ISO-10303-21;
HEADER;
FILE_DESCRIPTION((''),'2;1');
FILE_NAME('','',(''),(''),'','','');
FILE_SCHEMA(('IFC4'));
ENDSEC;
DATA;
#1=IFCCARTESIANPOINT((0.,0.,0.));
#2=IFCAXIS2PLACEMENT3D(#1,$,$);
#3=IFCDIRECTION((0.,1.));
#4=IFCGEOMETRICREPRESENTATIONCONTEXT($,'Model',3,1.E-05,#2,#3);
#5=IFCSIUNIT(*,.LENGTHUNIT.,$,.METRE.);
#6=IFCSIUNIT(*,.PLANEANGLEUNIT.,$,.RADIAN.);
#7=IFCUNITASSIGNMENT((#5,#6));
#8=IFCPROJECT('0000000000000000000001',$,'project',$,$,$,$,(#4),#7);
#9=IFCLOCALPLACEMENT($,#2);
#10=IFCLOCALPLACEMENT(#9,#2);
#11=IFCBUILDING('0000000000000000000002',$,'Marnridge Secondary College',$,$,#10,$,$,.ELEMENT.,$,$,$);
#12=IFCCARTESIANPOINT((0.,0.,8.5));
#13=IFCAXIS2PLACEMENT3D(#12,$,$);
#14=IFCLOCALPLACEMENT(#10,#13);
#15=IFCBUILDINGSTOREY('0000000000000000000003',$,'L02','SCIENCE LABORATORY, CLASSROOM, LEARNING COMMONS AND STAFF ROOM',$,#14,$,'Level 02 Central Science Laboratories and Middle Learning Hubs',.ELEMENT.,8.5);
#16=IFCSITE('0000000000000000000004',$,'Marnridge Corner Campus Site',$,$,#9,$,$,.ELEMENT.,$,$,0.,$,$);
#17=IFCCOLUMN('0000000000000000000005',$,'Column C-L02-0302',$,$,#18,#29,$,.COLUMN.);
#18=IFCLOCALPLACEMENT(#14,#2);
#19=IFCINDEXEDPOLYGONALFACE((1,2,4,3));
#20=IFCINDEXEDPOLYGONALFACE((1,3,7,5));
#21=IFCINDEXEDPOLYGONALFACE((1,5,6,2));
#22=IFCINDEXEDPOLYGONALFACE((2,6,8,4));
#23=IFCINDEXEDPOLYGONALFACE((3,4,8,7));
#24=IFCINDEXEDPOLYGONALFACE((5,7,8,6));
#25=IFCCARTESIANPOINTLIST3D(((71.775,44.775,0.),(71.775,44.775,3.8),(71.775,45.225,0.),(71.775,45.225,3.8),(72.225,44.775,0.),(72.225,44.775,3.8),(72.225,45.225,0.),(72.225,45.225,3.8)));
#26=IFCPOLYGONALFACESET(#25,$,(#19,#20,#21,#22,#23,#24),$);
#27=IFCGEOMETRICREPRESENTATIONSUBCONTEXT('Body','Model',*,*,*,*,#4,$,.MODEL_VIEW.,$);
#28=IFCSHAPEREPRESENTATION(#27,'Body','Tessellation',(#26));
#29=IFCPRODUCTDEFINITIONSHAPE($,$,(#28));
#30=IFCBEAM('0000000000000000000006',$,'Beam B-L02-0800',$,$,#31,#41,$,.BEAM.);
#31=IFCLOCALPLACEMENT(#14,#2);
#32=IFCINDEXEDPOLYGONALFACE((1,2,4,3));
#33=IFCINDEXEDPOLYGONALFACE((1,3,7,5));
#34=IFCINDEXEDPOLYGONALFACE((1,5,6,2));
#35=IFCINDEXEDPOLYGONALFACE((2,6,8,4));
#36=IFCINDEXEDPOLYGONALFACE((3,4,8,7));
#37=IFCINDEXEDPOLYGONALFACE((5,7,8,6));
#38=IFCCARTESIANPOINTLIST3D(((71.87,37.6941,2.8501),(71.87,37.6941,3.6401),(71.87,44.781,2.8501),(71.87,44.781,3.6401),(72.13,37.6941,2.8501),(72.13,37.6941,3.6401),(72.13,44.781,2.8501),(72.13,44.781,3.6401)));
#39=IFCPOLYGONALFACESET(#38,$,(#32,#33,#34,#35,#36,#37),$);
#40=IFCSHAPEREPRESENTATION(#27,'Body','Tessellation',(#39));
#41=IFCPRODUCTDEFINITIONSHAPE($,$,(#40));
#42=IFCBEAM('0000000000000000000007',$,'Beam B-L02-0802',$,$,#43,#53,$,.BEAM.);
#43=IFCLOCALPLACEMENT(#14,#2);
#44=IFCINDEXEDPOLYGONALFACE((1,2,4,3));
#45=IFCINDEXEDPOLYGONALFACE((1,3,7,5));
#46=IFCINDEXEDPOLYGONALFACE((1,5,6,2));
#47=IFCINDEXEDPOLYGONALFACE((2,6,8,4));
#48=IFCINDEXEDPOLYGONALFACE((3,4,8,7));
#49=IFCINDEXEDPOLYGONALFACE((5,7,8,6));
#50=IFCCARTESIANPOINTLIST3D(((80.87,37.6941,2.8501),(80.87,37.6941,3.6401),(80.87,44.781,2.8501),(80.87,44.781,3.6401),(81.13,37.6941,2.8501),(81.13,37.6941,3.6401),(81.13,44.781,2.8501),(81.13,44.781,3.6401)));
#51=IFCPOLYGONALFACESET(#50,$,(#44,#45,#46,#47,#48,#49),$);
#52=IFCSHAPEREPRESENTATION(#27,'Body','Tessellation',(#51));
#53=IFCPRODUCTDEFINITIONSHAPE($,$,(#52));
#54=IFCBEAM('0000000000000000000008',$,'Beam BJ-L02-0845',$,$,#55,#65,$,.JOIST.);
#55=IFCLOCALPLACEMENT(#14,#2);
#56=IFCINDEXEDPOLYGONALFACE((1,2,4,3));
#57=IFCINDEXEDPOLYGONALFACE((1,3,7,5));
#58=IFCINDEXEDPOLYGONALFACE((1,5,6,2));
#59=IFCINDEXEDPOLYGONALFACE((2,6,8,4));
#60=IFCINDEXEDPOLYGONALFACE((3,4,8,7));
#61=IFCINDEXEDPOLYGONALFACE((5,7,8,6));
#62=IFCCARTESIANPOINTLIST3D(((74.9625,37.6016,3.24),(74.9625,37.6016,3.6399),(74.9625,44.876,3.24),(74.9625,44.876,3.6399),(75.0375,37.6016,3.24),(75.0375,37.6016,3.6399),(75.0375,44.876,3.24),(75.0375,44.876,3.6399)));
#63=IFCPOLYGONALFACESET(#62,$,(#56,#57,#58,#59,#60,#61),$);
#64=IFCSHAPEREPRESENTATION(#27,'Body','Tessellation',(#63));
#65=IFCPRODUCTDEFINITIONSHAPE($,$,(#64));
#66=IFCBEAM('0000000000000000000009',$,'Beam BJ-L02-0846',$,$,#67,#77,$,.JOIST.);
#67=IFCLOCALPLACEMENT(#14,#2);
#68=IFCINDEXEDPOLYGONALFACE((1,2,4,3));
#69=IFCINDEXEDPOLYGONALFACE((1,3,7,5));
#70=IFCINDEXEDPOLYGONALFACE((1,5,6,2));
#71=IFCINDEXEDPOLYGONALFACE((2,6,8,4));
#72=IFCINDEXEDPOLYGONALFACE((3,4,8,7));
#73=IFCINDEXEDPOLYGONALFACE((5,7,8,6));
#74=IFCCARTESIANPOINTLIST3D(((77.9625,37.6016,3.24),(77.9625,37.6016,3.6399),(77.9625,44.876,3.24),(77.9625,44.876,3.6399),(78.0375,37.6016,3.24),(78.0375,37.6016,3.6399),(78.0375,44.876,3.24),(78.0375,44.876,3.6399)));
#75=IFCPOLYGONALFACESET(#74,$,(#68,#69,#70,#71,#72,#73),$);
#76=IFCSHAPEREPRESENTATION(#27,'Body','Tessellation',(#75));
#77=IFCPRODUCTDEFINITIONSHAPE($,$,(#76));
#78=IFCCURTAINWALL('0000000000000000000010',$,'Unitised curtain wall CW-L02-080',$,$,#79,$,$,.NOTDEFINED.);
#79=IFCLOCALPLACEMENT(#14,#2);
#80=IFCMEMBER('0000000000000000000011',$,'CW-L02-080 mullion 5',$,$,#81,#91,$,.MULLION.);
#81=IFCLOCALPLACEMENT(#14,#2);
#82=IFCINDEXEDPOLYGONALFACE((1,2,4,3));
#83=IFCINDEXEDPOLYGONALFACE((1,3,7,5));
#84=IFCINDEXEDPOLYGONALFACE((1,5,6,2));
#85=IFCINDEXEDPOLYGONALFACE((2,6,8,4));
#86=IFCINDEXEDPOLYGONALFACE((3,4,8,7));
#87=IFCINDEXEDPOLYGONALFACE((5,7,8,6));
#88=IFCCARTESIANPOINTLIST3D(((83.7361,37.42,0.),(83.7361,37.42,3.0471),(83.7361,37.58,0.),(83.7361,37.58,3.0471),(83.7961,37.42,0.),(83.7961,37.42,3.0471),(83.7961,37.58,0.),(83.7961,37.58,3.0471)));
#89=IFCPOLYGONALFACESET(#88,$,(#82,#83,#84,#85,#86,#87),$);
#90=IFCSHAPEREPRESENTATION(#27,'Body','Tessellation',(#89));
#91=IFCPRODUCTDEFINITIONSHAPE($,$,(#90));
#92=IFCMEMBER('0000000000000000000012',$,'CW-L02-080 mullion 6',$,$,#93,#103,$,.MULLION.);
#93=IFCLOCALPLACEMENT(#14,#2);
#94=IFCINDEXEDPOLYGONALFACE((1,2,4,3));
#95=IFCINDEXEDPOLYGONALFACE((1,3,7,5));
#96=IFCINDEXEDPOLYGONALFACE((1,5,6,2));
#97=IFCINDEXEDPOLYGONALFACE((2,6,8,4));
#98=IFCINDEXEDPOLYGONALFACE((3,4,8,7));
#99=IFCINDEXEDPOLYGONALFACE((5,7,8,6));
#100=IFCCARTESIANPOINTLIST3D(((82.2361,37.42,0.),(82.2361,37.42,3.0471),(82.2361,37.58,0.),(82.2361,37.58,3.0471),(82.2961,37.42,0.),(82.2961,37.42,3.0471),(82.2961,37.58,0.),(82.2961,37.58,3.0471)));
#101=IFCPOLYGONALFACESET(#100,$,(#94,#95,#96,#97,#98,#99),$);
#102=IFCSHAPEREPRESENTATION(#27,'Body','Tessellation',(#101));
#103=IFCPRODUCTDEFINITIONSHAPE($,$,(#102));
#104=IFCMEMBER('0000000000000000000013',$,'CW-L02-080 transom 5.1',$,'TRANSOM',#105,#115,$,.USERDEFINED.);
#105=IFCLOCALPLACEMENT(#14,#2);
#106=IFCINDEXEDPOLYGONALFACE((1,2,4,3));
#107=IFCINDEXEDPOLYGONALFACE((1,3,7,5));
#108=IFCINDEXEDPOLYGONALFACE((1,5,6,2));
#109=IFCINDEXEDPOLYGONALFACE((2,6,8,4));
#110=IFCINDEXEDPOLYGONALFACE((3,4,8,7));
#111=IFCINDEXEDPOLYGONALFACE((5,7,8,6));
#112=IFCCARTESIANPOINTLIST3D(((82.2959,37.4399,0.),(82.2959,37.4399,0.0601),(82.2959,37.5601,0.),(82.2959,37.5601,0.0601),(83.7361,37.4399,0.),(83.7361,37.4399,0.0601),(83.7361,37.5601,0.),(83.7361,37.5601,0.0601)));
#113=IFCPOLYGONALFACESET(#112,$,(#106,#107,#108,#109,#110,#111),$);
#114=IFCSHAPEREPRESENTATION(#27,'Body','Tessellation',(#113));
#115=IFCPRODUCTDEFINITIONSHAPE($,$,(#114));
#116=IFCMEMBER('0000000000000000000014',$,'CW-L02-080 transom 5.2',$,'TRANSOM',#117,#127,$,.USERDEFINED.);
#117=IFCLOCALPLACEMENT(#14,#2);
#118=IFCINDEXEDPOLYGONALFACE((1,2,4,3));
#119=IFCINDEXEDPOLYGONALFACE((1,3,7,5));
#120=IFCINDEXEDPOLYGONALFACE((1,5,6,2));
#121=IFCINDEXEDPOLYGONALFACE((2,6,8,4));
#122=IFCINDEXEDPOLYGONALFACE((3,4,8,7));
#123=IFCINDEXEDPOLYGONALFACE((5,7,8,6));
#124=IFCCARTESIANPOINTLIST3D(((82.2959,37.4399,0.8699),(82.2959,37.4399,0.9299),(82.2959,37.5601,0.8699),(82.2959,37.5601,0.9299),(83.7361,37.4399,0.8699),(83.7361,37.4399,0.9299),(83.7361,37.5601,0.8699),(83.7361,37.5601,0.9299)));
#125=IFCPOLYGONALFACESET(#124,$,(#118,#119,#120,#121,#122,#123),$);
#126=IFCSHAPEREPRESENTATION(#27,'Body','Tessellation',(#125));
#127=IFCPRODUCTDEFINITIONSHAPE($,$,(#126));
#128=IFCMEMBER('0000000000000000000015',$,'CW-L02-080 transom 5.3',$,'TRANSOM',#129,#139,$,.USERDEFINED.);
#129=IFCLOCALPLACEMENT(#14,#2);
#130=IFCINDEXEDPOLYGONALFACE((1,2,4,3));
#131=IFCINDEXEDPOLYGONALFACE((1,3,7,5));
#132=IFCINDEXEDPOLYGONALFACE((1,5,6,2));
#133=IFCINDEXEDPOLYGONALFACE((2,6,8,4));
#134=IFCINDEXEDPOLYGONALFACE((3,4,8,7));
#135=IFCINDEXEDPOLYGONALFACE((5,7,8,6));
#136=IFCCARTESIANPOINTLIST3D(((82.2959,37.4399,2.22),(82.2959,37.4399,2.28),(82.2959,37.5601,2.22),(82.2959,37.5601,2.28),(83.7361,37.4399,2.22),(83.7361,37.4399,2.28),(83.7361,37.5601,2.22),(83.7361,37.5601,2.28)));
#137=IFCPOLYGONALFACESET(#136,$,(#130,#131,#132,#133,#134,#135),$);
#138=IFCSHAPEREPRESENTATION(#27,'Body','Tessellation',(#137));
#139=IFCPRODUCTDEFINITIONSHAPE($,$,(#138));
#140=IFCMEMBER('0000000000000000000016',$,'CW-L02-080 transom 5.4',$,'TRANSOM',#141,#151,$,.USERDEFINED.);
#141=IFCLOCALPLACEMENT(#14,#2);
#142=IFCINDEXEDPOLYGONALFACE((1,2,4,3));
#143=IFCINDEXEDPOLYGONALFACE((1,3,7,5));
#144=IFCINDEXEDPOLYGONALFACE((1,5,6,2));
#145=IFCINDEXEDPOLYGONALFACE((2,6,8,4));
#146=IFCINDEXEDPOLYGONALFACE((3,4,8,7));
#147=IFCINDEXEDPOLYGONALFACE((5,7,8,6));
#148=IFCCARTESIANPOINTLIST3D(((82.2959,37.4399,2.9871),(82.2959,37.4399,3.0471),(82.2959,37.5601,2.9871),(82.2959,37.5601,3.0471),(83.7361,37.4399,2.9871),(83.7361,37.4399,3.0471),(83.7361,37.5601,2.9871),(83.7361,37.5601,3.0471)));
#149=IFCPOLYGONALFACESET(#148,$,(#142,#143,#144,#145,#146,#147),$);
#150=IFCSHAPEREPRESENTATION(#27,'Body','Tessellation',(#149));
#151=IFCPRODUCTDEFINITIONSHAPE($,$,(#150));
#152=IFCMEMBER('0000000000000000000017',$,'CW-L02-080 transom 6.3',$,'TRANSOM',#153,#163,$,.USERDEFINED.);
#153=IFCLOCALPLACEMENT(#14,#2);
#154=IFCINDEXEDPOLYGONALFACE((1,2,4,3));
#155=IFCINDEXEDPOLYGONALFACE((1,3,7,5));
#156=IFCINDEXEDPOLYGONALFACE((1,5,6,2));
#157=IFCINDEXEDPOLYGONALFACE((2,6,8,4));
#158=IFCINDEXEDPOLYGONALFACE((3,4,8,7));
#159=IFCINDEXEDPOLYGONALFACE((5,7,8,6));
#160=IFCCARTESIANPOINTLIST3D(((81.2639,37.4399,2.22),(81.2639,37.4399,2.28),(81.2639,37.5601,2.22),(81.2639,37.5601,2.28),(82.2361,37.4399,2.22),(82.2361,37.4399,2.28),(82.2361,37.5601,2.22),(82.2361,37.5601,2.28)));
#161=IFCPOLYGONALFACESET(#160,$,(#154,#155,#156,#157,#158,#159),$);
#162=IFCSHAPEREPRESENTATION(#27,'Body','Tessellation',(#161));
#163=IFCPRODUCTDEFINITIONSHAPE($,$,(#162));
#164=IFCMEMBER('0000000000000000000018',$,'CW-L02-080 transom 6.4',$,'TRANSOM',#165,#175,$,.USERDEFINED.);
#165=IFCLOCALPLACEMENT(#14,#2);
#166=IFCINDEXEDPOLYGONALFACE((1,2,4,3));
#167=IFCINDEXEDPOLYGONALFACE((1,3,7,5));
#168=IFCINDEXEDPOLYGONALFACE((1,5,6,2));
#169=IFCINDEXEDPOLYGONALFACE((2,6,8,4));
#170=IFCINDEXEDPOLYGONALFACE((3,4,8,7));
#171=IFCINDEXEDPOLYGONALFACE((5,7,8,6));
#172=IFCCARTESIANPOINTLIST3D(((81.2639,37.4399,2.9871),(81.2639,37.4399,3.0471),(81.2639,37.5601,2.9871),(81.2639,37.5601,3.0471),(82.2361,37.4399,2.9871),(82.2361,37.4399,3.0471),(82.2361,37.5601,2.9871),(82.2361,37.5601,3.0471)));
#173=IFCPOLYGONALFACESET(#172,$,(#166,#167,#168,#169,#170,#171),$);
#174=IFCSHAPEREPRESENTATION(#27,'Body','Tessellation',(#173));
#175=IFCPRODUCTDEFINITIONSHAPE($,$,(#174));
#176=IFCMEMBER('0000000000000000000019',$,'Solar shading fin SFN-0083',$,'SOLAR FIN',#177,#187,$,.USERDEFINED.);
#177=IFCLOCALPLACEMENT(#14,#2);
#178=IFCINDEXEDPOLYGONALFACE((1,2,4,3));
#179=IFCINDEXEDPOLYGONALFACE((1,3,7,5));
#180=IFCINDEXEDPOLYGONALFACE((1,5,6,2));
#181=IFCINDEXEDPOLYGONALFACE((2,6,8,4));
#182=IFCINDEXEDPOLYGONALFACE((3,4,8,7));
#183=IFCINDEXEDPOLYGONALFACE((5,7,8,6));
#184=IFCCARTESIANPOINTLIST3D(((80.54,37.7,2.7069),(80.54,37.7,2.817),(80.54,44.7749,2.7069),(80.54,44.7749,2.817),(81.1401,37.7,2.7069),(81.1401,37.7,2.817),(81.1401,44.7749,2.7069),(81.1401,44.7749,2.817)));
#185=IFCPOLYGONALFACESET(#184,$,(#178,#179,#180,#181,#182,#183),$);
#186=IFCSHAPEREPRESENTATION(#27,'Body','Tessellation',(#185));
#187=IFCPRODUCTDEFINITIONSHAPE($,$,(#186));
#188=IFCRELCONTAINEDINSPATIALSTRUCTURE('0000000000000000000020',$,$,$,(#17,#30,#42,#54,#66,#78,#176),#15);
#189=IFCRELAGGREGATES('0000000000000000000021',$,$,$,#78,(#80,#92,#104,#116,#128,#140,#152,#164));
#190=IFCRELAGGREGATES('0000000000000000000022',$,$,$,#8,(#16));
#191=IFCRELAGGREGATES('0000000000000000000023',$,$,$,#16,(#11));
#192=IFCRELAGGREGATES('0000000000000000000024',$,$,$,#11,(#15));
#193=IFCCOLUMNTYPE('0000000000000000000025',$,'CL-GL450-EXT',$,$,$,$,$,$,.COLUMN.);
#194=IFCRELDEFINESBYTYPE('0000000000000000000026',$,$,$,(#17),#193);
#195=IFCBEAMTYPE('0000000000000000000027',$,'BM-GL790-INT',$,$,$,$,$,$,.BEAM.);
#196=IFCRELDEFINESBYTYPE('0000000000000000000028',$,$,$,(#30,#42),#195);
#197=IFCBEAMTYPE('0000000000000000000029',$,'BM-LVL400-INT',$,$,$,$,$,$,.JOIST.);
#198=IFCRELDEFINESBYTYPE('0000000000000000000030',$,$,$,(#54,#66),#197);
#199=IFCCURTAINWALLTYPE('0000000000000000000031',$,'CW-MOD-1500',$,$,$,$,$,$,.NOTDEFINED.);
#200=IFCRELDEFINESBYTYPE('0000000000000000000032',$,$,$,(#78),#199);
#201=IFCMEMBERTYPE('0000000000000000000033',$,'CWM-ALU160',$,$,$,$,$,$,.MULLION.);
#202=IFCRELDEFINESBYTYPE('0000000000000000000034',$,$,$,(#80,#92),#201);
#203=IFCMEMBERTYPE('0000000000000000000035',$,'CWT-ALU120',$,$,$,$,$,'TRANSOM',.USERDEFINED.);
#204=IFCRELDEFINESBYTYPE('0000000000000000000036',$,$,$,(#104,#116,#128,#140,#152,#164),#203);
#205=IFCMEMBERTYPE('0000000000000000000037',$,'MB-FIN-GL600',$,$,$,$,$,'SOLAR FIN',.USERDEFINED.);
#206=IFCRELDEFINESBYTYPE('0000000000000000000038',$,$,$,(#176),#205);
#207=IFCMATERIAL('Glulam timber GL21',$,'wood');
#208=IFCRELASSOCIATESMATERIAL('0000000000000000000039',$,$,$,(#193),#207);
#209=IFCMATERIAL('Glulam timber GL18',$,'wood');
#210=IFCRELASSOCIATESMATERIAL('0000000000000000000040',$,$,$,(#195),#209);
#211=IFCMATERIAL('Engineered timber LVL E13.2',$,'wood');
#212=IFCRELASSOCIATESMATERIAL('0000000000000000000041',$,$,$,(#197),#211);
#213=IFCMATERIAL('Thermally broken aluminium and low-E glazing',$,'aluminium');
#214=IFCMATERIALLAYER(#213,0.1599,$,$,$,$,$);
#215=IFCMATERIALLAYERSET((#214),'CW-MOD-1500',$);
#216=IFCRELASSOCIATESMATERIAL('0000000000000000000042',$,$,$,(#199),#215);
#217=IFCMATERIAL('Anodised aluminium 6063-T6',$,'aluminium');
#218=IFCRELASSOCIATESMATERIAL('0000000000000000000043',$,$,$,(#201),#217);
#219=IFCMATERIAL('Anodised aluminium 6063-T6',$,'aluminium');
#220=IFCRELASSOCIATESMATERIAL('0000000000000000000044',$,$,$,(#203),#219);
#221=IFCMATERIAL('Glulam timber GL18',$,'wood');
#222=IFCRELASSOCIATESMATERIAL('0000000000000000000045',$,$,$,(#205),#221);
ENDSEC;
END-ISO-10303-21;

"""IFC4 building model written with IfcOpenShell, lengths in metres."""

from ifc_helpers import new_model, si_unit, direction, frame, origin, origin_2d, place, context, subcontext, project, spatial, rectangle, extrude, material, layer, layer_set, material_profile, profile_set, type_object, element, aggregate, save


model = new_model("IFC4")

# Units and contexts
model_context = context("Model", 3, precision=1e-05, world=origin(), true_north=direction((0.0, 1.0)))
body_context = subcontext(model_context, "Body", "Model", "MODEL_VIEW")
ifc_project = project(units=[si_unit("LENGTHUNIT", "METRE"), si_unit("PLANEANGLEUNIT", "RADIAN")], contexts=[model_context])

# Site, building, storey
site_placement = place(None, origin())
site = spatial("IfcSite", under=ifc_project, at=site_placement, Name="Marnridge Corner Campus Site", CompositionType="ELEMENT", RefElevation=0.0)
building_placement = place(site_placement, origin())
building = spatial("IfcBuilding", under=site, at=building_placement, Name="Marnridge Secondary College", CompositionType="ELEMENT")
storey_placement = place(building_placement, frame((0.0, 0.0, 8.5)))
storey = spatial("IfcBuildingStorey", under=building, at=storey_placement, Name="L02", Description="SCIENCE LABORATORY, CLASSROOM, LEARNING COMMONS AND STAFF ROOM", LongName="Level 02 Central Science Laboratories and Middle Learning Hubs", CompositionType="ELEMENT", Elevation=8.5)

# Column
ifc_material_1 = material(Name="Glulam timber GL21", Category="wood")
ifc_material_profile_1 = material_profile(ifc_material_1, rectangle(XDim=0.45, YDim=0.45, at=origin_2d()), Name="GL21 450x450")
ifc_profile_set_1 = profile_set([ifc_material_profile_1], Name="Glulam timber GL21")
column_type = type_object("IfcColumnType", Name="CL-GL450-EXT", PredefinedType="COLUMN", material=ifc_profile_set_1)
column_placement = place(storey_placement, frame((72.0, 45.0, 0.0), z_axis=(0.0, 0.0, 1.0), x_axis=(1.0, 0.0, 0.0)))
element("IfcColumn", 1, at=column_placement, inside=storey, type_object=column_type, Name="Column C-L02-0302", PredefinedType="COLUMN", context=body_context, shape_type="SweptSolid", body=[
    extrude(rectangle(XDim=0.45, YDim=0.45, at=origin_2d()), origin(), (0.0, 0.0, 1.0), 3.8),
])

# Beams
ifc_material_2 = material(Name="Glulam timber GL18", Category="wood")
ifc_material_profile_2 = material_profile(ifc_material_2, rectangle(XDim=0.26, YDim=0.79, at=origin_2d()), Name="GL18 260x790")
ifc_profile_set_2 = profile_set([ifc_material_profile_2], Name="Glulam timber GL18")
beam_type_1 = type_object("IfcBeamType", Name="BM-GL790-INT", PredefinedType="BEAM", material=ifc_profile_set_2)
for number, where, z_axis, x_axis, name in (
    (2, (72.0, 37.6941, 3.2451), (0.0, 1.0, 0.0), (-1.0, 0.0, 0.0), "Beam B-L02-0800"),
    (3, (81.0, 37.6941, 3.2451), (0.0, 1.0, 0.0), (-1.0, 0.0, 0.0), "Beam B-L02-0802"),
):
    element("IfcBeam", number, at=place(storey_placement, frame(where, z_axis=z_axis, x_axis=x_axis)), inside=storey, type_object=beam_type_1, Name=name, PredefinedType="BEAM", context=body_context, shape_type="SweptSolid", body=[
        extrude(rectangle(XDim=0.26, YDim=0.79, at=origin_2d()), origin(), (0.0, 0.0, 1.0), 7.0869),
    ])
ifc_material_3 = material(Name="Engineered timber LVL E13.2", Category="wood")
ifc_material_profile_3 = material_profile(ifc_material_3, rectangle(XDim=0.075, YDim=0.3999, at=origin_2d()), Name="LVL 75x400")
ifc_profile_set_3 = profile_set([ifc_material_profile_3], Name="Engineered timber LVL E13.2")
beam_type_2 = type_object("IfcBeamType", Name="BM-LVL400-INT", PredefinedType="JOIST", material=ifc_profile_set_3)
for number, where, z_axis, x_axis, name in (
    (4, (75.0, 37.6016, 3.4399), (0.0, 1.0, 0.0), (-1.0, 0.0, 0.0), "Beam BJ-L02-0845"),
    (5, (78.0, 37.6016, 3.4399), (0.0, 1.0, 0.0), (-1.0, 0.0, 0.0), "Beam BJ-L02-0846"),
):
    element("IfcBeam", number, at=place(storey_placement, frame(where, z_axis=z_axis, x_axis=x_axis)), inside=storey, type_object=beam_type_2, Name=name, PredefinedType="JOIST", context=body_context, shape_type="SweptSolid", body=[
        extrude(rectangle(XDim=0.075, YDim=0.3999, at=origin_2d()), origin(), (0.0, 0.0, 1.0), 7.2744),
    ])

# Curtain wall, members
ifc_material_4 = material(Name="Thermally broken aluminium and low-E glazing", Category="aluminium")
ifc_layer_1 = layer(ifc_material_4, 0.1599)
ifc_layer_set_1 = layer_set([ifc_layer_1], Name="CW-MOD-1500")
curtain_wall_type = type_object("IfcCurtainWallType", Name="CW-MOD-1500", PredefinedType="NOTDEFINED", material=ifc_layer_set_1)
curtain_wall_placement = place(storey_placement, origin())
curtain_wall = element("IfcCurtainWall", 6, at=curtain_wall_placement, inside=storey, type_object=curtain_wall_type, Name="Unitised curtain wall CW-L02-080", PredefinedType="NOTDEFINED")
ifc_material_5 = material(Name="Anodised aluminium 6063-T6", Category="aluminium")
ifc_material_profile_4 = material_profile(ifc_material_5, rectangle(XDim=0.0601, YDim=0.1599, at=origin_2d()), Name="ALU 60x160")
ifc_profile_set_4 = profile_set([ifc_material_profile_4], Name="Anodised aluminium 6063-T6")
member_type_1 = type_object("IfcMemberType", Name="CWM-ALU160", PredefinedType="MULLION", material=ifc_profile_set_4)
member_1_placement = place(storey_placement, frame((83.7661, 37.5, 0.0), z_axis=(0.0, 0.0, 1.0), x_axis=(-1.0, 0.0, 0.0)))
member_1 = element("IfcMember", 7, at=member_1_placement, type_object=member_type_1, Name="CW-L02-080 mullion 5", PredefinedType="MULLION", context=body_context, shape_type="SweptSolid", body=[
    extrude(rectangle(XDim=0.0601, YDim=0.1599, at=origin_2d()), origin(), (0.0, 0.0, 1.0), 3.0471),
])
member_2_placement = place(storey_placement, frame((82.2661, 37.5, 0.0), z_axis=(0.0, 0.0, 1.0), x_axis=(-1.0, 0.0, 0.0)))
member_2 = element("IfcMember", 8, at=member_2_placement, type_object=member_type_1, Name="CW-L02-080 mullion 6", PredefinedType="MULLION", context=body_context, shape_type="SweptSolid", body=[
    extrude(rectangle(XDim=0.0601, YDim=0.1599, at=origin_2d()), origin(), (0.0, 0.0, 1.0), 3.0471),
])
ifc_material_6 = material(Name="Anodised aluminium 6063-T6", Category="aluminium")
ifc_material_profile_5 = material_profile(ifc_material_6, rectangle(XDim=0.0601, YDim=0.1201, at=origin_2d()), Name="ALU 60x120")
ifc_profile_set_5 = profile_set([ifc_material_profile_5], Name="Anodised aluminium 6063-T6")
member_type_2 = type_object("IfcMemberType", Name="CWT-ALU120", ElementType="TRANSOM", PredefinedType="USERDEFINED", material=ifc_profile_set_5)
member_3_placement = place(storey_placement, frame((83.7361, 37.5, 0.03), z_axis=(-1.0, 0.0, 0.0), x_axis=(0.0, 0.0, 1.0)))
member_3 = element("IfcMember", 9, at=member_3_placement, type_object=member_type_2, Name="CW-L02-080 transom 5.1", ObjectType="TRANSOM", PredefinedType="USERDEFINED", context=body_context, shape_type="SweptSolid", body=[
    extrude(rectangle(XDim=0.0601, YDim=0.1201, at=origin_2d()), origin(), (0.0, 0.0, 1.0), 1.4402),
])
member_4_placement = place(storey_placement, frame((83.7361, 37.5, 0.8999), z_axis=(-1.0, 0.0, 0.0), x_axis=(0.0, 0.0, 1.0)))
member_4 = element("IfcMember", 10, at=member_4_placement, type_object=member_type_2, Name="CW-L02-080 transom 5.2", ObjectType="TRANSOM", PredefinedType="USERDEFINED", context=body_context, shape_type="SweptSolid", body=[
    extrude(rectangle(XDim=0.0601, YDim=0.1201, at=origin_2d()), origin(), (0.0, 0.0, 1.0), 1.4402),
])
member_5_placement = place(storey_placement, frame((83.7361, 37.5, 2.25), z_axis=(-1.0, 0.0, 0.0), x_axis=(0.0, 0.0, 1.0)))
member_5 = element("IfcMember", 11, at=member_5_placement, type_object=member_type_2, Name="CW-L02-080 transom 5.3", ObjectType="TRANSOM", PredefinedType="USERDEFINED", context=body_context, shape_type="SweptSolid", body=[
    extrude(rectangle(XDim=0.0601, YDim=0.1201, at=origin_2d()), origin(), (0.0, 0.0, 1.0), 1.4402),
])
member_6_placement = place(storey_placement, frame((83.7361, 37.5, 3.0171), z_axis=(-1.0, 0.0, 0.0), x_axis=(0.0, 0.0, 1.0)))
member_6 = element("IfcMember", 12, at=member_6_placement, type_object=member_type_2, Name="CW-L02-080 transom 5.4", ObjectType="TRANSOM", PredefinedType="USERDEFINED", context=body_context, shape_type="SweptSolid", body=[
    extrude(rectangle(XDim=0.0601, YDim=0.1201, at=origin_2d()), origin(), (0.0, 0.0, 1.0), 1.4402),
])
member_7_placement = place(storey_placement, frame((82.2361, 37.5, 2.25), z_axis=(-1.0, 0.0, 0.0), x_axis=(0.0, 0.0, 1.0)))
member_7 = element("IfcMember", 13, at=member_7_placement, type_object=member_type_2, Name="CW-L02-080 transom 6.3", ObjectType="TRANSOM", PredefinedType="USERDEFINED", context=body_context, shape_type="SweptSolid", body=[
    extrude(rectangle(XDim=0.0601, YDim=0.1201, at=origin_2d()), origin(), (0.0, 0.0, 1.0), 0.9722),
])
member_8_placement = place(storey_placement, frame((82.2361, 37.5, 3.0171), z_axis=(-1.0, 0.0, 0.0), x_axis=(0.0, 0.0, 1.0)))
member_8 = element("IfcMember", 14, at=member_8_placement, type_object=member_type_2, Name="CW-L02-080 transom 6.4", ObjectType="TRANSOM", PredefinedType="USERDEFINED", context=body_context, shape_type="SweptSolid", body=[
    extrude(rectangle(XDim=0.0601, YDim=0.1201, at=origin_2d()), origin(), (0.0, 0.0, 1.0), 0.9722),
])

# Member
ifc_material_7 = material(Name="Glulam timber GL18", Category="wood")
ifc_material_profile_6 = material_profile(ifc_material_7, rectangle(XDim=0.1101, YDim=0.6001, at=origin_2d()), Name="FIN GL18 110x600")
ifc_profile_set_6 = profile_set([ifc_material_profile_6], Name="Glulam timber GL18")
member_type_3 = type_object("IfcMemberType", Name="MB-FIN-GL600", ElementType="SOLAR FIN", PredefinedType="USERDEFINED", material=ifc_profile_set_6)
member_9_placement = place(storey_placement, frame((80.8401, 37.7, 2.762), z_axis=(0.0, 1.0, 0.0), x_axis=(0.0, 0.0, 1.0)))
element("IfcMember", 15, at=member_9_placement, inside=storey, type_object=member_type_3, Name="Solar shading fin SFN-0083", ObjectType="SOLAR FIN", PredefinedType="USERDEFINED", context=body_context, shape_type="SweptSolid", body=[
    extrude(rectangle(XDim=0.1101, YDim=0.6001, at=origin_2d()), origin(), (0.0, 0.0, 1.0), 7.075),
])

aggregate(curtain_wall, [member_1, member_2, member_3, member_4, member_5, member_6, member_7, member_8])

save(model, "model.ifc")
